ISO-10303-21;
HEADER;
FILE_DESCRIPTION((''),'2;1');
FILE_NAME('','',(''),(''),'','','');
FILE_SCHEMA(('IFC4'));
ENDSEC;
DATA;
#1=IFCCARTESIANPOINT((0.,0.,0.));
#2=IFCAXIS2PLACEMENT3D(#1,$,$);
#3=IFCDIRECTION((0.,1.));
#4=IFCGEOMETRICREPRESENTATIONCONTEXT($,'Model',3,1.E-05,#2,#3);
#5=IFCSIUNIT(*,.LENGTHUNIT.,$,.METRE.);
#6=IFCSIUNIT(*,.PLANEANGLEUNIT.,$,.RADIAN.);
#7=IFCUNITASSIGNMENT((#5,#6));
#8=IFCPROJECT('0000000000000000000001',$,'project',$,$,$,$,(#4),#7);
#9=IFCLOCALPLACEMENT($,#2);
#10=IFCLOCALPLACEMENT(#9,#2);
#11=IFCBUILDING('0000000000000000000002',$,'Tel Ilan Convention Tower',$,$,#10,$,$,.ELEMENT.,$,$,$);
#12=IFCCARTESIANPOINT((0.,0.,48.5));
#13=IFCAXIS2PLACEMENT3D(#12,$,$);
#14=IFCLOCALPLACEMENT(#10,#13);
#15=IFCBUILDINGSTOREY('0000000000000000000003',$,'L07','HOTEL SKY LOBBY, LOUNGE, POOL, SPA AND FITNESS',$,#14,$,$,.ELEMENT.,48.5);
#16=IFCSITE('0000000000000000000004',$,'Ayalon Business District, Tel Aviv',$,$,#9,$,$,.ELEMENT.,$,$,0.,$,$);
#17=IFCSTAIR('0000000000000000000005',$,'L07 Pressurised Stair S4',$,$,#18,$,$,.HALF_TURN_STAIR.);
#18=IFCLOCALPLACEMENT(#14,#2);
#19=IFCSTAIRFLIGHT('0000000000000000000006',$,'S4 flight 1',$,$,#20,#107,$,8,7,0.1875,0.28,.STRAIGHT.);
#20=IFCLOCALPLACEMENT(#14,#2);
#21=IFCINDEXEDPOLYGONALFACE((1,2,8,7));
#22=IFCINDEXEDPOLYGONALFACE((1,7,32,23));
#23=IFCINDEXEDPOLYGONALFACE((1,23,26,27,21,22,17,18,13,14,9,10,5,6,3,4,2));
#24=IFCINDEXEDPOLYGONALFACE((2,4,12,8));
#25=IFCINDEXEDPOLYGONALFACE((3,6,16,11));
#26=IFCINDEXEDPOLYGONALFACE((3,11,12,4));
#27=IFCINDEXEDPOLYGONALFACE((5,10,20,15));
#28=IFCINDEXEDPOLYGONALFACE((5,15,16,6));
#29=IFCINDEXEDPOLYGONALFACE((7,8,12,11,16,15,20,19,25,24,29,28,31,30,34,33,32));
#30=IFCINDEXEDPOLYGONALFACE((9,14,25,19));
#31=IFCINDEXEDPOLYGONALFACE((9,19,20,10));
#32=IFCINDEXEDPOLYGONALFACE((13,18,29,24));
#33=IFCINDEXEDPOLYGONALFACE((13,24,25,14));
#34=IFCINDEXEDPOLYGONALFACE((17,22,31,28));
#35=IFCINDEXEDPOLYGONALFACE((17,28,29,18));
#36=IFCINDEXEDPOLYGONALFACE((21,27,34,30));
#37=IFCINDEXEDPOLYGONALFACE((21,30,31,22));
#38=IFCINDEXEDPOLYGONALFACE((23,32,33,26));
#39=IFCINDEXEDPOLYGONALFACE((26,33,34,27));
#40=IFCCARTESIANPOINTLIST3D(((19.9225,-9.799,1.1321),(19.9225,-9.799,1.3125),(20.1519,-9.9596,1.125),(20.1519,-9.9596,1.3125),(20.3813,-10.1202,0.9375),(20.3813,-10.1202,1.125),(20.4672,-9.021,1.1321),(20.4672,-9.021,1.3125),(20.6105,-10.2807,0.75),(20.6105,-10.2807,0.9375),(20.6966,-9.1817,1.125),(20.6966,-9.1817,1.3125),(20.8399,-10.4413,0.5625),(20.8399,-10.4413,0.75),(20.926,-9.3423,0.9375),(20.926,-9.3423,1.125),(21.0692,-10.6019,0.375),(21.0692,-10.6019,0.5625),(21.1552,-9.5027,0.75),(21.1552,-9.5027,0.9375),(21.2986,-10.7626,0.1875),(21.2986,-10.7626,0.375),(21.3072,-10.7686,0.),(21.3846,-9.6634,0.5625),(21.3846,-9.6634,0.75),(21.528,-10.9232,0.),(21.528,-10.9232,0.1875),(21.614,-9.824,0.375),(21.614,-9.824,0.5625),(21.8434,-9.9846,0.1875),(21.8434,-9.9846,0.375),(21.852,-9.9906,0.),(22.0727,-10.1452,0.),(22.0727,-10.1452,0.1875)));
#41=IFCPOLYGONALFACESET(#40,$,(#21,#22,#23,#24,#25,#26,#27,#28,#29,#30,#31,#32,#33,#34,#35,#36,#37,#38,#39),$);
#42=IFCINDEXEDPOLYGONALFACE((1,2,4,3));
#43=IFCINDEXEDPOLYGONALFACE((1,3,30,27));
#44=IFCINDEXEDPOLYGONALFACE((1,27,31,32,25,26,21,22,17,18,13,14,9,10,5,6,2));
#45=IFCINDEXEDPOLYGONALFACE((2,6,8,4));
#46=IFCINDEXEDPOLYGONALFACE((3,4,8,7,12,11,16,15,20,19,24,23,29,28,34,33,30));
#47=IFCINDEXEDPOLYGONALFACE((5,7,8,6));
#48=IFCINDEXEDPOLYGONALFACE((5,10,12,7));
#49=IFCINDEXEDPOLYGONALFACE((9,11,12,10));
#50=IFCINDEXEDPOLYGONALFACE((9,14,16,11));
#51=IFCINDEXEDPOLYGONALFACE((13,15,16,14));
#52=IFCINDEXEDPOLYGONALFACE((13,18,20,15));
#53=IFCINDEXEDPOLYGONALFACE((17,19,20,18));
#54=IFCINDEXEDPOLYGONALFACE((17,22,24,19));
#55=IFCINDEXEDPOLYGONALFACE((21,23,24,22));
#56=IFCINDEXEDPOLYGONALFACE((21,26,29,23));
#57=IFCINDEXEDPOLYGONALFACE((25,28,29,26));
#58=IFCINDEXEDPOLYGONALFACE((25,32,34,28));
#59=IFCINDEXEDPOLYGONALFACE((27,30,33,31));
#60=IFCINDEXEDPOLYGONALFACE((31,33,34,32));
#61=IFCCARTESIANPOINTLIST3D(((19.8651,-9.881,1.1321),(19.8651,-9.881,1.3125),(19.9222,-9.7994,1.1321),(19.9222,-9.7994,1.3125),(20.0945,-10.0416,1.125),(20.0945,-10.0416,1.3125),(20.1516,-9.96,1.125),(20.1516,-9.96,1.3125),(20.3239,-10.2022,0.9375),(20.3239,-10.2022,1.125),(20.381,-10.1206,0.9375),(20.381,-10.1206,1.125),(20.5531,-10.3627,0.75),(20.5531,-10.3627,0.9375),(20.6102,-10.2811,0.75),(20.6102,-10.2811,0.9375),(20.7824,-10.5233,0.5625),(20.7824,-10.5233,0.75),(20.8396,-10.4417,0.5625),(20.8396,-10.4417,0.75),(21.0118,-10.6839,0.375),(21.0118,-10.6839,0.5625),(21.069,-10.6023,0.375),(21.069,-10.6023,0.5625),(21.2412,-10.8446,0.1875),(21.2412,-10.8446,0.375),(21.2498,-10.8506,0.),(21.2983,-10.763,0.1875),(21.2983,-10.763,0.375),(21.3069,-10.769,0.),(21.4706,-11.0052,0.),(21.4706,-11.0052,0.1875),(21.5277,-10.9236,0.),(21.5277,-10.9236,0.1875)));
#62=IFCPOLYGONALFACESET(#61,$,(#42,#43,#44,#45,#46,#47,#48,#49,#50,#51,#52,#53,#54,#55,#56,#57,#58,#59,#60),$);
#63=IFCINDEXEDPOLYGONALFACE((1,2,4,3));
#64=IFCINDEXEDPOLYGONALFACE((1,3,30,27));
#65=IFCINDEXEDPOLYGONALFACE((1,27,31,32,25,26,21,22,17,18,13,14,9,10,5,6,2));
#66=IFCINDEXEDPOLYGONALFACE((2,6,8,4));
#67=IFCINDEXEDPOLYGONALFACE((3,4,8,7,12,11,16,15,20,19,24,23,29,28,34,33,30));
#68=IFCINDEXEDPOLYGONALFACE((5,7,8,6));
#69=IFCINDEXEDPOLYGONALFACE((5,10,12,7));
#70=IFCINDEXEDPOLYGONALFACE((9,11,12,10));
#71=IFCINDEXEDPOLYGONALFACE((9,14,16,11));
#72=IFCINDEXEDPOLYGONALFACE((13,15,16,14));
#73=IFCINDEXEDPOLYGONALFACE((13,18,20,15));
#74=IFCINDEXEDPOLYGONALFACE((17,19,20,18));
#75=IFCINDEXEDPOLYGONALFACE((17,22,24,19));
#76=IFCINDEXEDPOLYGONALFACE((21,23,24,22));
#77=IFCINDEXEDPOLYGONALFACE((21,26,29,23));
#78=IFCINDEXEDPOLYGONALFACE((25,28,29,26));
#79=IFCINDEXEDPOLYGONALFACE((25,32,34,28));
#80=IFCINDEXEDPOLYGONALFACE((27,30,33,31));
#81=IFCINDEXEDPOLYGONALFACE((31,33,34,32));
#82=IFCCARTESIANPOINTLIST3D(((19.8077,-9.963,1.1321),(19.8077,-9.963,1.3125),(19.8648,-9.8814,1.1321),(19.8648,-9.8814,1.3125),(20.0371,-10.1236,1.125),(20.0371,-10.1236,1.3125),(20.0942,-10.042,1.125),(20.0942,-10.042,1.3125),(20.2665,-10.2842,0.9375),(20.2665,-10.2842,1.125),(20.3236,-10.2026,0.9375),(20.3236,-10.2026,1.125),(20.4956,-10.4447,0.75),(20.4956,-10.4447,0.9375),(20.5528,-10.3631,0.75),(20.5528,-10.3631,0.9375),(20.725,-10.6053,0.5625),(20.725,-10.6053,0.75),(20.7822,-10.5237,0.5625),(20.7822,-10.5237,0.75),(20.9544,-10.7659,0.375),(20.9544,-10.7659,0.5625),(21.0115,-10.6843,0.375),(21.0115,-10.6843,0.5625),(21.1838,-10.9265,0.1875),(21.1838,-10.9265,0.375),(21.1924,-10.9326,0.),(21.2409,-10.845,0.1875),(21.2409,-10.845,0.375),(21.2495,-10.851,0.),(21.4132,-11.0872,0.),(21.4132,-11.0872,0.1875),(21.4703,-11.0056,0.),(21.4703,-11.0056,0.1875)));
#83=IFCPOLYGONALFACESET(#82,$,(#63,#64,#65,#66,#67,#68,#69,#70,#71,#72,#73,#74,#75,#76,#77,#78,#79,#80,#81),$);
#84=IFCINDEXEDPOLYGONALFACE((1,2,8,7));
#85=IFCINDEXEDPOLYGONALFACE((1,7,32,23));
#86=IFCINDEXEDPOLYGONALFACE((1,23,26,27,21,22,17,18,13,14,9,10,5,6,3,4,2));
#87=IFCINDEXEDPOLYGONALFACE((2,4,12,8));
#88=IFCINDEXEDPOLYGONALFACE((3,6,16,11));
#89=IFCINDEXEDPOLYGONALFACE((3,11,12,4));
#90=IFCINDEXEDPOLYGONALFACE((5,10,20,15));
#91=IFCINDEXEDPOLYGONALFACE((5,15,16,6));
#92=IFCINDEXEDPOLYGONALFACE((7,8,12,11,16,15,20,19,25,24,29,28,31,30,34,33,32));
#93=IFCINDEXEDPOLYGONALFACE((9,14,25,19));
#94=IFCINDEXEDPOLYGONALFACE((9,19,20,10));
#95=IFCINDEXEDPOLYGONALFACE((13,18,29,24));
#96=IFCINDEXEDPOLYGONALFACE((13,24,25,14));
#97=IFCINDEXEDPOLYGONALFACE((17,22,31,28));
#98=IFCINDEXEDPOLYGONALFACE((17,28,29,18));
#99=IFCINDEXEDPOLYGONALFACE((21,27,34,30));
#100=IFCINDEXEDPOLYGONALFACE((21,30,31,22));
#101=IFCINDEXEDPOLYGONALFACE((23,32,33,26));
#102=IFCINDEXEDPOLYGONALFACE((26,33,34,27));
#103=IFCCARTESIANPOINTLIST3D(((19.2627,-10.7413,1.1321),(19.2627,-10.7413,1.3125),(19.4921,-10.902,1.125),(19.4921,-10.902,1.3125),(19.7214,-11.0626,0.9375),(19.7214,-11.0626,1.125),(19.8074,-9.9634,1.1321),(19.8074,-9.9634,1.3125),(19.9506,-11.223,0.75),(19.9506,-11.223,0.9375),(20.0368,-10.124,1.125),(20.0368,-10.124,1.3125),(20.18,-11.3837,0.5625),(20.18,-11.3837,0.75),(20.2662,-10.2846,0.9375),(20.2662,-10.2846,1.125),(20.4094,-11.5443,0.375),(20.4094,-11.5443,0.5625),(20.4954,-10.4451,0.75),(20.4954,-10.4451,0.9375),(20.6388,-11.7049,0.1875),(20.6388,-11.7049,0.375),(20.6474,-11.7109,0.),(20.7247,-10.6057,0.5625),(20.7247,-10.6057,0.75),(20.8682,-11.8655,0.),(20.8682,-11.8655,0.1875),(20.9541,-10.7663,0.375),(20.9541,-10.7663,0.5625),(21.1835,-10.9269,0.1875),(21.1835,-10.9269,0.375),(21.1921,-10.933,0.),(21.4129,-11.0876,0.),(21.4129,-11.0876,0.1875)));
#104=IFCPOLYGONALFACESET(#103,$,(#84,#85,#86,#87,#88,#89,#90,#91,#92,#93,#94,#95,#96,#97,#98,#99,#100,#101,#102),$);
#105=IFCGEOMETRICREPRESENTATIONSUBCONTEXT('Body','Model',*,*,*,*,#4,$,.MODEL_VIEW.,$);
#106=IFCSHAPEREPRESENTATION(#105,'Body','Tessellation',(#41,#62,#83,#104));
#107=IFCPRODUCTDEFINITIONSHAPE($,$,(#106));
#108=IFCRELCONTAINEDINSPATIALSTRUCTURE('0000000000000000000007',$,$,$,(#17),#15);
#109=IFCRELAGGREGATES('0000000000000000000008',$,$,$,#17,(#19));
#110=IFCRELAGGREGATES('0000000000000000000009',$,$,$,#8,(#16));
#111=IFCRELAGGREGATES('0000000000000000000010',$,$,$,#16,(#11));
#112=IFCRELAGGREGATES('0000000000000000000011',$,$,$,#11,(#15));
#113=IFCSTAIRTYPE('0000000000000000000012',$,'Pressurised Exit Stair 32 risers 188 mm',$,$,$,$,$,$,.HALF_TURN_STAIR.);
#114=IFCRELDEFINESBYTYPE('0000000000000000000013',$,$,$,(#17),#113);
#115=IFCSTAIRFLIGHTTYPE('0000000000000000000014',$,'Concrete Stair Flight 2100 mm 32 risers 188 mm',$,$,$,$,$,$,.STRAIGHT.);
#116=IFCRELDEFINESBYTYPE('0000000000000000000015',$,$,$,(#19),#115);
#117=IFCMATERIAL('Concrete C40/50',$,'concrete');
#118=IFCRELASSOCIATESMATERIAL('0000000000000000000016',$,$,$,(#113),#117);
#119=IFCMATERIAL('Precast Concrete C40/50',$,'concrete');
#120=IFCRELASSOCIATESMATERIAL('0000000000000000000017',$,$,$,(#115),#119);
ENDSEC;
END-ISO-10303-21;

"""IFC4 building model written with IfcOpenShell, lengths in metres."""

from ifc_helpers import new_model, si_unit, direction, frame, origin, place, context, subcontext, project, spatial, polyline, outline, extrude, material, type_object, element, aggregate, save


model = new_model("IFC4")

# Units and contexts
model_context = context("Model", 3, precision=1e-05, world=origin(), true_north=direction((0.0, 1.0)))
body_context = subcontext(model_context, "Body", "Model", "MODEL_VIEW")
ifc_project = project(units=[si_unit("LENGTHUNIT", "METRE"), si_unit("PLANEANGLEUNIT", "RADIAN")], contexts=[model_context])

# Site, building, storey
site_placement = place(None, origin())
site = spatial("IfcSite", under=ifc_project, at=site_placement, Name="Ayalon Business District, Tel Aviv", CompositionType="ELEMENT", RefElevation=0.0)
building_placement = place(site_placement, origin())
building = spatial("IfcBuilding", under=site, at=building_placement, Name="Tel Ilan Convention Tower", CompositionType="ELEMENT")
storey_placement = place(building_placement, frame((0.0, 0.0, 48.5)))
storey = spatial("IfcBuildingStorey", under=building, at=storey_placement, Name="L07", Description="HOTEL SKY LOBBY, LOUNGE, POOL, SPA AND FITNESS", CompositionType="ELEMENT", Elevation=48.5)

# Stair, stair flight
ifc_material_1 = material(Name="Concrete C40/50", Category="concrete")
stair_type = type_object("IfcStairType", Name="Pressurised Exit Stair 32 risers 188 mm", PredefinedType="HALF_TURN_STAIR", material=ifc_material_1)
ifc_material_2 = material(Name="Precast Concrete C40/50", Category="concrete")
stair_flight_type = type_object("IfcStairFlightType", Name="Concrete Stair Flight 2100 mm 32 risers 188 mm", PredefinedType="STRAIGHT", material=ifc_material_2)
stair_1_placement = place(storey_placement, origin())
stair_1 = element("IfcStair", 1, at=stair_1_placement, inside=storey, type_object=stair_type, Name="L07 Pressurised Stair S4", PredefinedType="HALF_TURN_STAIR")
stair_flight_1_placement = place(storey_placement, frame((21.4705, -11.0054, 0.0), z_axis=(0.0, 0.0, 1.0), x_axis=(-0.819152, 0.573576, 0.0)))
stair_flight_1 = element("IfcStairFlight", 2, at=stair_flight_1_placement, type_object=stair_flight_type, Name="S4 flight 1", NumberOfRisers=8, NumberOfTreads=7, PredefinedType="STRAIGHT", RiserHeight=0.1875, TreadLength=0.28, context=body_context, shape_type="SweptSolid", body=[
    extrude(outline(polyline([(0.0, 0.0), (0.0, 0.1875), (0.28, 0.1875), (0.28, 0.375), (0.5601, 0.375), (0.5601, 0.5625), (0.8401, 0.5625), (0.8401, 0.75), (1.1201, 0.75), (1.1201, 0.9375), (1.3999, 0.9375), (1.3999, 1.125), (1.6799, 1.125), (1.6799, 1.3125), (1.96, 1.3125), (1.96, 1.5), (1.96, 1.1321), (0.2695, 0.0), (0.0, 0.0)])), frame((0.0, -0.1003, 0.0), z_axis=(0.0, -1.0, 0.0), x_axis=(1.0, 0.0, 0.0)), (0.0, 0.0, 1.0), 0.9497),
    extrude(outline(polyline([(0.0, 0.0), (0.0, 0.1875), (0.28, 0.1875), (0.28, 0.375), (0.5601, 0.375), (0.5601, 0.5625), (0.8401, 0.5625), (0.8401, 0.75), (1.1201, 0.75), (1.1201, 0.9375), (1.3999, 0.9375), (1.3999, 1.125), (1.6799, 1.125), (1.6799, 1.3125), (1.96, 1.3125), (1.96, 1.5), (1.96, 1.1321), (0.2695, 0.0), (0.0, 0.0)])), frame((0.0, -0.0002, 0.0), z_axis=(0.0, -1.0, 0.0), x_axis=(1.0, 0.0, 0.0)), (0.0, 0.0, 1.0), 0.0996),
    extrude(outline(polyline([(0.0, 0.0), (0.0, 0.1875), (0.28, 0.1875), (0.28, 0.375), (0.5601, 0.375), (0.5601, 0.5625), (0.8401, 0.5625), (0.8401, 0.75), (1.1201, 0.75), (1.1201, 0.9375), (1.3999, 0.9375), (1.3999, 1.125), (1.6799, 1.125), (1.6799, 1.3125), (1.96, 1.3125), (1.96, 1.5), (1.96, 1.1321), (0.2695, 0.0), (0.0, 0.0)])), frame((0.0, 0.0999, 0.0), z_axis=(0.0, -1.0, 0.0), x_axis=(1.0, 0.0, 0.0)), (0.0, 0.0, 1.0), 0.0996),
    extrude(outline(polyline([(0.0, 0.0), (0.0, 0.1875), (0.28, 0.1875), (0.28, 0.375), (0.5601, 0.375), (0.5601, 0.5625), (0.8401, 0.5625), (0.8401, 0.75), (1.1201, 0.75), (1.1201, 0.9375), (1.3999, 0.9375), (1.3999, 1.125), (1.6799, 1.125), (1.6799, 1.3125), (1.96, 1.3125), (1.96, 1.5), (1.96, 1.1321), (0.2695, 0.0), (0.0, 0.0)])), frame((0.0, 1.05, 0.0), z_axis=(0.0, -1.0, 0.0), x_axis=(1.0, 0.0, 0.0)), (0.0, 0.0, 1.0), 0.9497),
])
aggregate(stair_1, [stair_flight_1])

save(model, "model.ifc")
